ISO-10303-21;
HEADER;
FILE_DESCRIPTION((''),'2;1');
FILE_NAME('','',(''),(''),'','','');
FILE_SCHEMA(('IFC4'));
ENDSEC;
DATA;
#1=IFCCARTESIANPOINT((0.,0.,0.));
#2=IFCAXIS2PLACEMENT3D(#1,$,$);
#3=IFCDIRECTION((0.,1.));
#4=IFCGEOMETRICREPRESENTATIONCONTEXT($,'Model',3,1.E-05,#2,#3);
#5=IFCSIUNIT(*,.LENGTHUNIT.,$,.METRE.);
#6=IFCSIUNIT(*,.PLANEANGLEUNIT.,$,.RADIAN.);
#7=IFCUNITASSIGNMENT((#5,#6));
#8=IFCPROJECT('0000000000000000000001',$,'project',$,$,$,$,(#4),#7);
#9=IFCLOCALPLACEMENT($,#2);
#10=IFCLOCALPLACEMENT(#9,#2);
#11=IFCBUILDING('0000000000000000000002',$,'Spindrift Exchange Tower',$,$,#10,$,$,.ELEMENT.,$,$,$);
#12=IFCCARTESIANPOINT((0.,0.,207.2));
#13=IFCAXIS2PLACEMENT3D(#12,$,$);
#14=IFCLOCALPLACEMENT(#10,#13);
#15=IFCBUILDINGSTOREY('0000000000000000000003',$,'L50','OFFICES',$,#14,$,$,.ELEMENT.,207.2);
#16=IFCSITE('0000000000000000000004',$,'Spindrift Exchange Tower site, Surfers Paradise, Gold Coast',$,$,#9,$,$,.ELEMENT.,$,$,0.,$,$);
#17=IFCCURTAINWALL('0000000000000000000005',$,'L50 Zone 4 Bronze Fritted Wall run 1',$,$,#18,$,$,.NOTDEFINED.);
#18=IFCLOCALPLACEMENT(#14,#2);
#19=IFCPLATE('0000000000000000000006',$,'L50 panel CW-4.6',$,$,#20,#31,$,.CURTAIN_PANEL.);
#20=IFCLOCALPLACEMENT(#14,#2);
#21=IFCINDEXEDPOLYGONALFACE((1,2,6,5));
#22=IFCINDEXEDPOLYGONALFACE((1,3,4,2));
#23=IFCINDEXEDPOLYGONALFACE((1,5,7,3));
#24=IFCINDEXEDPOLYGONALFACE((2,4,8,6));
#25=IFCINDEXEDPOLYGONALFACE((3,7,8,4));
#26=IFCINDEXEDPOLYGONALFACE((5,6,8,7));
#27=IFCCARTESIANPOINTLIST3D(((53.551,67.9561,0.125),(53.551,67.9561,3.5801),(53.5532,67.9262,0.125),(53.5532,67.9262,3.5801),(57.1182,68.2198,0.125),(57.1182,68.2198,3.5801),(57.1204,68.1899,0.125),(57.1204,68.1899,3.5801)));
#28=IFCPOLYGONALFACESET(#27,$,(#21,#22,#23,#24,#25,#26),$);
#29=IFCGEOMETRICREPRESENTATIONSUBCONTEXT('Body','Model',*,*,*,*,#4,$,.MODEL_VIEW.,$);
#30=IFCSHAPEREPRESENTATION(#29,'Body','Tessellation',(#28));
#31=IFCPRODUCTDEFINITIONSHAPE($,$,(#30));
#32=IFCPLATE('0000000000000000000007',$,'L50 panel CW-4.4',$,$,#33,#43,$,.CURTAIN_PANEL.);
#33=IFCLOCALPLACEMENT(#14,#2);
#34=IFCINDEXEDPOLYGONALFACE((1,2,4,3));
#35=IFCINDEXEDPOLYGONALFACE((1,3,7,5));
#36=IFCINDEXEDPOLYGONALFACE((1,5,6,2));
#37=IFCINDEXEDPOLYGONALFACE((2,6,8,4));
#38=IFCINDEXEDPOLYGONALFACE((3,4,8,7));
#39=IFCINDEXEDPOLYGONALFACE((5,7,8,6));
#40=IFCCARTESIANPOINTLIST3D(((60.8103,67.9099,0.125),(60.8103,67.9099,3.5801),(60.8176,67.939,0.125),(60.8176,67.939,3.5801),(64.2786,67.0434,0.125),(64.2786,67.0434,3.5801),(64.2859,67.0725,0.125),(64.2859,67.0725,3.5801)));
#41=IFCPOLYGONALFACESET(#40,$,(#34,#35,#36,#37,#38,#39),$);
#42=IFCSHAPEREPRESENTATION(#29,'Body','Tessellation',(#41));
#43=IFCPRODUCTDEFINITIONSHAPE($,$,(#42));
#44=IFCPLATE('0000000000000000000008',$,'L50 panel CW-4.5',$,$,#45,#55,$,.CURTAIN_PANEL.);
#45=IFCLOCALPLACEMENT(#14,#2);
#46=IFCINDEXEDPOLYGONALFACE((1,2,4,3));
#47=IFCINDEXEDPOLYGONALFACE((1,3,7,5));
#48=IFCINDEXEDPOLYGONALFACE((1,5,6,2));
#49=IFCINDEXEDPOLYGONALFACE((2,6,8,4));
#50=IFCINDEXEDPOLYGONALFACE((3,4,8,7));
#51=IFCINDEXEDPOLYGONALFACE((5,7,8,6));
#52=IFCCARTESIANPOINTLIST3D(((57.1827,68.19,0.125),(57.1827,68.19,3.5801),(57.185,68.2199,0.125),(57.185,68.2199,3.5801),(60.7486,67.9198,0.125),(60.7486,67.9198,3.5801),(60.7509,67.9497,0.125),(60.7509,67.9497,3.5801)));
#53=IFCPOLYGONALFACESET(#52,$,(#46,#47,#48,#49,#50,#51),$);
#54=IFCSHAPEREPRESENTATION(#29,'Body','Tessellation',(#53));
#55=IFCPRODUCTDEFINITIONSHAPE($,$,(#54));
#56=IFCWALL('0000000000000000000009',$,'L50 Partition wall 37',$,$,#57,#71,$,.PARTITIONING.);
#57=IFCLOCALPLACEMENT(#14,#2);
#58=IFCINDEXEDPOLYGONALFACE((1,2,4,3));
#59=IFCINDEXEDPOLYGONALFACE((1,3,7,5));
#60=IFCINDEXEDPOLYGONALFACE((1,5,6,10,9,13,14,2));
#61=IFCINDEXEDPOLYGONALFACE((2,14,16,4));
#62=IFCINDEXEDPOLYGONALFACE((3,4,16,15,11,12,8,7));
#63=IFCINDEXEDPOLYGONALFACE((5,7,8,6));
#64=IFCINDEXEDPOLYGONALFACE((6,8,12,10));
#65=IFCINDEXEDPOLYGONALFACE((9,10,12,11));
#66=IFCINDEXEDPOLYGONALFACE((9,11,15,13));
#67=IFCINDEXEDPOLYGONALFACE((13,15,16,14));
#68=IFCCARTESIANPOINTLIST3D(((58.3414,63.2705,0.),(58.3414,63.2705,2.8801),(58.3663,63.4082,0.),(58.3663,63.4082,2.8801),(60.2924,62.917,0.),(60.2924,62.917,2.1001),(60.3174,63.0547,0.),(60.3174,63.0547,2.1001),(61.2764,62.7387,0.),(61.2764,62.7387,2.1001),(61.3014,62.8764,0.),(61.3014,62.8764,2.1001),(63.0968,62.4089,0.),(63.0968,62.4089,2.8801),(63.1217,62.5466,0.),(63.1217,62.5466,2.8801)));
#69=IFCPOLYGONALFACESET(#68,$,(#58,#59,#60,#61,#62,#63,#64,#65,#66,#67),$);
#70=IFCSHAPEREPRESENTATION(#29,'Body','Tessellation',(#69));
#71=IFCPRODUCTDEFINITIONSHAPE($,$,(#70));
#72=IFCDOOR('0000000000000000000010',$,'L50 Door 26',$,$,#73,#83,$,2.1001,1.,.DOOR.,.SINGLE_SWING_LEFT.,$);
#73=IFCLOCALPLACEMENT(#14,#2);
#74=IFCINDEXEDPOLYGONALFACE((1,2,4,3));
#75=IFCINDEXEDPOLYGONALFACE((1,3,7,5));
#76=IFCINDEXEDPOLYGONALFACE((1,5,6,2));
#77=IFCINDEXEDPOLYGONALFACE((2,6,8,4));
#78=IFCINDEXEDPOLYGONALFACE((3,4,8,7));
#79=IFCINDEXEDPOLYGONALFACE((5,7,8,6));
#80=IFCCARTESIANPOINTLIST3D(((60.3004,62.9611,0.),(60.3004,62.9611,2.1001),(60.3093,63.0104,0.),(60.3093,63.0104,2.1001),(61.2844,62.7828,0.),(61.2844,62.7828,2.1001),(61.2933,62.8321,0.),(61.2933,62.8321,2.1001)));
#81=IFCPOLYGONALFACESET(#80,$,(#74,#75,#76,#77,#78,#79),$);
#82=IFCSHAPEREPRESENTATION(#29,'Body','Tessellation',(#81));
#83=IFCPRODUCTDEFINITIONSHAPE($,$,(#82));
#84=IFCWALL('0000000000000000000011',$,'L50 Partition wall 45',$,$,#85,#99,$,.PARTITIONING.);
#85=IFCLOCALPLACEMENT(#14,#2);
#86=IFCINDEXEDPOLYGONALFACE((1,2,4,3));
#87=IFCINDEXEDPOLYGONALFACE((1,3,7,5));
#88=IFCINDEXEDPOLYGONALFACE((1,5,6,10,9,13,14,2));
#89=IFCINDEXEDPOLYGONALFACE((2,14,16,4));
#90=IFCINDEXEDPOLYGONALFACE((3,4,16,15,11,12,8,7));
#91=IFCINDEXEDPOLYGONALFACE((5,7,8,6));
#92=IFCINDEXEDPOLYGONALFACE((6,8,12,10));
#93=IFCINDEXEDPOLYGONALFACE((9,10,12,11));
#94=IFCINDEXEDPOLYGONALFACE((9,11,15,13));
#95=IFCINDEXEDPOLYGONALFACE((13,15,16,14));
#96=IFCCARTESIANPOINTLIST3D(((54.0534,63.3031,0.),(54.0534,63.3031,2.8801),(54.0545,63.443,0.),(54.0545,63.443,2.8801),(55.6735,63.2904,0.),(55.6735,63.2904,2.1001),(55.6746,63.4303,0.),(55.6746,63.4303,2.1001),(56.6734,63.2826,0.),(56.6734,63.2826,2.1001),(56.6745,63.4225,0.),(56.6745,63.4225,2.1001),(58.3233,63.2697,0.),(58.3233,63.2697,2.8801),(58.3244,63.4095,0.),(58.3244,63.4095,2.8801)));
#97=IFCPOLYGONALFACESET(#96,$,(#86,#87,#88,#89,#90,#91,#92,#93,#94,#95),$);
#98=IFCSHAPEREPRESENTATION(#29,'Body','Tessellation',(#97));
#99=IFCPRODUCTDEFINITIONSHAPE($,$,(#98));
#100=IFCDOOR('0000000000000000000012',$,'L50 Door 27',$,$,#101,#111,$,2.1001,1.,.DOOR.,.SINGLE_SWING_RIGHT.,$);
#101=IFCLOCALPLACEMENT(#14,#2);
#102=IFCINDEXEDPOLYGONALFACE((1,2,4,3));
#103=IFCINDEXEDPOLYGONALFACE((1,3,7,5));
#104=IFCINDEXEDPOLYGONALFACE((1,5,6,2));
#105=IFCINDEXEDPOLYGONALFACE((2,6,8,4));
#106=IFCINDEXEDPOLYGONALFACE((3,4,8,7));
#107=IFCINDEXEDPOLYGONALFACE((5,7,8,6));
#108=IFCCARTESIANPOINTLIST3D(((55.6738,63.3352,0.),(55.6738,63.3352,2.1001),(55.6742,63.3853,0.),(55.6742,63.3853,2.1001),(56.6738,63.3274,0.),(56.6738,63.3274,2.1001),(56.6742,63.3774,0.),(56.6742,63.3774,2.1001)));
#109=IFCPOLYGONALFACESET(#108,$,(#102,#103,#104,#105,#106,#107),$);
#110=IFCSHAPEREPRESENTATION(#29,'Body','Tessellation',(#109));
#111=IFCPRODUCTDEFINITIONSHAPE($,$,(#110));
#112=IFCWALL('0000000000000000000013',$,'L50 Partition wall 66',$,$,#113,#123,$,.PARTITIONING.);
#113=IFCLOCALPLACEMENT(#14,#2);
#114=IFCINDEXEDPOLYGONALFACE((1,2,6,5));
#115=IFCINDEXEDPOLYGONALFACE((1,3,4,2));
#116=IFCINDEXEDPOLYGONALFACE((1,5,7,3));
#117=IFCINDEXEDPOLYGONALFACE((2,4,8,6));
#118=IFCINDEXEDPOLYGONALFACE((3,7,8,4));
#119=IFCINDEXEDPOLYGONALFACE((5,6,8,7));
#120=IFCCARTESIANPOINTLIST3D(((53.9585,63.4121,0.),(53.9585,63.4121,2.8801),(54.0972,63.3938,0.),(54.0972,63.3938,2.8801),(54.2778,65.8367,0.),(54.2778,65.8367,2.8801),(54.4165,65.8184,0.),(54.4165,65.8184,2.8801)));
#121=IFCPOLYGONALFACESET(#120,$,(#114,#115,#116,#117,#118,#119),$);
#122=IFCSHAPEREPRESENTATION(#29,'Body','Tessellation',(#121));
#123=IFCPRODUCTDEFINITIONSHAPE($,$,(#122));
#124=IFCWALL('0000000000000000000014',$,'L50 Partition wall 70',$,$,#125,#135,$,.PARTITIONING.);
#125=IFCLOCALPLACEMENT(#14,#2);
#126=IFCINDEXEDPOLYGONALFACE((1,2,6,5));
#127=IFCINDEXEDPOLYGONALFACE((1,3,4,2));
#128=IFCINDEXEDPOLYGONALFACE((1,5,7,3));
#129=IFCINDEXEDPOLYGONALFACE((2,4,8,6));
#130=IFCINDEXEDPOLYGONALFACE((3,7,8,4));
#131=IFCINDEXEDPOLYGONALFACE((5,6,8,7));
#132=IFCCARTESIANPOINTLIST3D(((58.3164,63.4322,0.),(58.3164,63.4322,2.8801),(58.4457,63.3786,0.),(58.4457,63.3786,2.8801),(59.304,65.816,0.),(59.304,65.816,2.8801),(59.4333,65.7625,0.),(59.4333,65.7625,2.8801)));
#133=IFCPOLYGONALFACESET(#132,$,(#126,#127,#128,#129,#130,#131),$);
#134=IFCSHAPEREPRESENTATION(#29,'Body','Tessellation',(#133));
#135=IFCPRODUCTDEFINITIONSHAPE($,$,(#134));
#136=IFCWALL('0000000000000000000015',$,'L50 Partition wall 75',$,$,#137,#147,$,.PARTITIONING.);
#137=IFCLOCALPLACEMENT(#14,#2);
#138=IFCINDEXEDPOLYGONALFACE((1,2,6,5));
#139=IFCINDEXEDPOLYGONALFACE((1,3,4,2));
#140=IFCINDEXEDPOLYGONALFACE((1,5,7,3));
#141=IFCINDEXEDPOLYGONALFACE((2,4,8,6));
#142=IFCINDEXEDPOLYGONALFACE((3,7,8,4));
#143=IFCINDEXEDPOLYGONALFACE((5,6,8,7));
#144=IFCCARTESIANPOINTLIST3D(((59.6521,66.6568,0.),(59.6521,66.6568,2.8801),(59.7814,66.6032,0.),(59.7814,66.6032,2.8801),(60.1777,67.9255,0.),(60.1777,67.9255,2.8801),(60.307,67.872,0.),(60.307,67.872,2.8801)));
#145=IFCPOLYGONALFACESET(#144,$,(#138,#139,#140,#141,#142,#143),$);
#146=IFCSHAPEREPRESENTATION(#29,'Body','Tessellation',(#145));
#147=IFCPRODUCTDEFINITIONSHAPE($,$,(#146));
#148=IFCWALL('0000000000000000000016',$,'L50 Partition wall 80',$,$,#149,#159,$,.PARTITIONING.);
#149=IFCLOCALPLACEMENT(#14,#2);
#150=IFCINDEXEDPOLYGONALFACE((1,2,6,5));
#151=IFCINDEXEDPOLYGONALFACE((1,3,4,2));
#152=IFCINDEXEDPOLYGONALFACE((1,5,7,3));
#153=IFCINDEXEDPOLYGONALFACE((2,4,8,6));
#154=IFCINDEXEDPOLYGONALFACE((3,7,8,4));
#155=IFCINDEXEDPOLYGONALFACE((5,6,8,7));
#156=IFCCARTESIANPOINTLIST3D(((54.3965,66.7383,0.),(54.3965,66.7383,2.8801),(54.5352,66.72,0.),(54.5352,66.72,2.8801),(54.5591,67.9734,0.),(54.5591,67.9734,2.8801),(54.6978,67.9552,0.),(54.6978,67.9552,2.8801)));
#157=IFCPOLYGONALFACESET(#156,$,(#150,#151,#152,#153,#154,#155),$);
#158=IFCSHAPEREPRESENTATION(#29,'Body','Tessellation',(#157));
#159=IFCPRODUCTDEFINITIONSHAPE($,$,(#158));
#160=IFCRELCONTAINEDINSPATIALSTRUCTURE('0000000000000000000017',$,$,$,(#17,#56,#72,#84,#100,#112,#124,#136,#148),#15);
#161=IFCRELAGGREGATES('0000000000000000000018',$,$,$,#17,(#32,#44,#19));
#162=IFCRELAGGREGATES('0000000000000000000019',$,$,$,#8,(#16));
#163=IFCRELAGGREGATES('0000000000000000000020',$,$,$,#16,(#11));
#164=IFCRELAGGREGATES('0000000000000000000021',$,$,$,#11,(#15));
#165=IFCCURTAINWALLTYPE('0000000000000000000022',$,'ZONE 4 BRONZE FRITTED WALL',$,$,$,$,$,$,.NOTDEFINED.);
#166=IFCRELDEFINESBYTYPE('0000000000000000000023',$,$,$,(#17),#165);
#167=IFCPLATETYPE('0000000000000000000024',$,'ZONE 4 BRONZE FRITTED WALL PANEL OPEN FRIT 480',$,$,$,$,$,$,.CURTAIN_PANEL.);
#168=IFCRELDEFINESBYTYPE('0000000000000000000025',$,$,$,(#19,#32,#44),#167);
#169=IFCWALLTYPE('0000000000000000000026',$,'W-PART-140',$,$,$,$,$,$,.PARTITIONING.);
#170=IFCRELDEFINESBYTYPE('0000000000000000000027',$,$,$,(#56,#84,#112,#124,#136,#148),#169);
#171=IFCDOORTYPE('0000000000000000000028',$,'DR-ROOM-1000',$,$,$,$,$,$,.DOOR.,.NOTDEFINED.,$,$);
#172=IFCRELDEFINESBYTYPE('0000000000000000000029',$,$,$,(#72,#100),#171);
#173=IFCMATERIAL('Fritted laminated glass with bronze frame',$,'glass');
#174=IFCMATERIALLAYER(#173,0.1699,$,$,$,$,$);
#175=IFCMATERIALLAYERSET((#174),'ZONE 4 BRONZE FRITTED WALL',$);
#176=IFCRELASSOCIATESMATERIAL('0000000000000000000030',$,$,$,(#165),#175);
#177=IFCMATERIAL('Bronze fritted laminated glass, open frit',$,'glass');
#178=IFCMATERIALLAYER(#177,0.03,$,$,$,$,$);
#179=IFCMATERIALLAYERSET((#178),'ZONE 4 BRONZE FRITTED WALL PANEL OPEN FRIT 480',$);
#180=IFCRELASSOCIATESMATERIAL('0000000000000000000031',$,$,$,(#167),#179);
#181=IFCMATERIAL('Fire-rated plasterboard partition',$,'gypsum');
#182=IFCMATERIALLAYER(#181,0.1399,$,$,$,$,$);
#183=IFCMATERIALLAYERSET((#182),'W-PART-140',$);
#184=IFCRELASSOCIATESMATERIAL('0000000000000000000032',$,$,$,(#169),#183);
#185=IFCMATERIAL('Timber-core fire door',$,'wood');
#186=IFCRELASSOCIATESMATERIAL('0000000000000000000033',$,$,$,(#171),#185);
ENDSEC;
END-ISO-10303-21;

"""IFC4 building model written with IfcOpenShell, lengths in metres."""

from ifc_helpers import new_model, si_unit, direction, frame, frame_2d, origin, origin_2d, place, context, subcontext, project, spatial, rectangle, extrude, source, transform, mapped, material, layer, layer_set, type_object, element, fill, aggregate, save


model = new_model("IFC4")

# Units and contexts
model_context = context("Model", 3, precision=1e-05, world=origin(), true_north=direction((0.0, 1.0)))
body_context = subcontext(model_context, "Body", "Model", "MODEL_VIEW")
ifc_project = project(units=[si_unit("LENGTHUNIT", "METRE"), si_unit("PLANEANGLEUNIT", "RADIAN")], contexts=[model_context])

# Site, building, storey
site_placement = place(None, origin())
site = spatial("IfcSite", under=ifc_project, at=site_placement, Name="Spindrift Exchange Tower site, Surfers Paradise, Gold Coast", CompositionType="ELEMENT", RefElevation=0.0)
building_placement = place(site_placement, origin())
building = spatial("IfcBuilding", under=site, at=building_placement, Name="Spindrift Exchange Tower", CompositionType="ELEMENT")
storey_placement = place(building_placement, frame((0.0, 0.0, 207.2)))
storey = spatial("IfcBuildingStorey", under=building, at=storey_placement, Name="L50", Description="OFFICES", CompositionType="ELEMENT", Elevation=207.2)

# Shared definitions
ifc_material_1 = material(Name="Fritted laminated glass with bronze frame", Category="glass")
ifc_layer_1 = layer(ifc_material_1, 0.1699)
ifc_layer_set_1 = layer_set([ifc_layer_1], Name="ZONE 4 BRONZE FRITTED WALL")
curtain_wall_type = type_object("IfcCurtainWallType", Name="ZONE 4 BRONZE FRITTED WALL", PredefinedType="NOTDEFINED", material=ifc_layer_set_1)

# Curtain wall
curtain_wall_1_placement = place(storey_placement, origin())
curtain_wall_1 = element("IfcCurtainWall", 1, at=curtain_wall_1_placement, inside=storey, type_object=curtain_wall_type, Name="L50 Zone 4 Bronze Fritted Wall run 1", PredefinedType="NOTDEFINED")

# Plates
ifc_material_2 = material(Name="Bronze fritted laminated glass, open frit", Category="glass")
ifc_layer_2 = layer(ifc_material_2, 0.03)
ifc_layer_set_2 = layer_set([ifc_layer_2], Name="ZONE 4 BRONZE FRITTED WALL PANEL OPEN FRIT 480")
plate_type = type_object("IfcPlateType", Name="ZONE 4 BRONZE FRITTED WALL PANEL OPEN FRIT 480", PredefinedType="CURTAIN_PANEL", material=ifc_layer_set_2)
shared_shape_1 = source(origin(), body_context, "Body", "SweptSolid", [
    extrude(rectangle(XDim=3.5769, YDim=0.03, at=origin_2d()), origin(), (0.0, 0.0, 1.0), 3.4551),
])
plate_1_placement = place(storey_placement, frame((55.3357, 68.073, 0.125), z_axis=(0.0, 0.0, 1.0), x_axis=(-0.997278, -0.073727, 0.0)))
plate_1 = element("IfcPlate", 2, at=plate_1_placement, type_object=plate_type, Name="L50 panel CW-4.6", PredefinedType="CURTAIN_PANEL", context=body_context, shape_type="MappedRepresentation", body=[
    mapped(shared_shape_1, transform((0.0, 0.0, 0.0), scale=1.0)),
])
shared_shape_2 = source(origin(), body_context, "Body", "SweptSolid", [
    extrude(rectangle(XDim=3.575, YDim=0.03, at=origin_2d()), origin(), (0.0, 0.0, 1.0), 3.4551),
])
plate_2_placement = place(storey_placement, frame((62.5481, 67.4912, 0.125), z_axis=(0.0, 0.0, 1.0), x_axis=(-0.970178, 0.242393, 0.0)))
plate_2 = element("IfcPlate", 3, at=plate_2_placement, type_object=plate_type, Name="L50 panel CW-4.4", PredefinedType="CURTAIN_PANEL", context=body_context, shape_type="MappedRepresentation", body=[
    mapped(shared_shape_2, transform((0.0, 0.0, 0.0), scale=1.0)),
])
shared_shape_3 = source(origin(), body_context, "Body", "SweptSolid", [
    extrude(rectangle(XDim=3.5762, YDim=0.03, at=origin_2d()), origin(), (0.0, 0.0, 1.0), 3.4551),
])
plate_3_placement = place(storey_placement, frame((58.9668, 68.0698, 0.125), z_axis=(0.0, 0.0, 1.0), x_axis=(-0.997142, 0.075555, 0.0)))
plate_3 = element("IfcPlate", 4, at=plate_3_placement, type_object=plate_type, Name="L50 panel CW-4.5", PredefinedType="CURTAIN_PANEL", context=body_context, shape_type="MappedRepresentation", body=[
    mapped(shared_shape_3, transform((0.0, 0.0, 0.0), scale=1.0)),
])
aggregate(curtain_wall_1, [plate_2, plate_3, plate_1])

# Walls, openings, doors
ifc_material_3 = material(Name="Fire-rated plasterboard partition", Category="gypsum")
ifc_layer_3 = layer(ifc_material_3, 0.1399)
ifc_layer_set_3 = layer_set([ifc_layer_3], Name="W-PART-140")
wall_type = type_object("IfcWallType", Name="W-PART-140", PredefinedType="PARTITIONING", material=ifc_layer_set_3)
wall_1_placement = place(storey_placement, frame((58.3538, 63.3394, 0.0), z_axis=(0.0, 0.0, 1.0), x_axis=(0.98398, -0.178276, 0.0)))
wall_1 = element("IfcWall", 5, at=wall_1_placement, inside=storey, type_object=wall_type, Name="L50 Partition wall 37", PredefinedType="PARTITIONING", context=body_context, shape_type="SweptSolid", body=[
    extrude(rectangle(XDim=4.8328, YDim=0.1399, at=frame_2d((2.4165, 0.0))), origin(), (0.0, 0.0, 1.0), 2.8801),
])
opening_1_placement = place(wall_1_placement, frame((1.9829, 0.0, 0.0)))
opening_1 = element("IfcOpeningElement", 6, at=opening_1_placement, cuts=wall_1, PredefinedType="OPENING", context=body_context, shape_type="SweptSolid", body=[
    extrude(rectangle(XDim=1.0, YDim=2.1001, at=frame_2d((0.5, 1.05))), frame((0.0, 0.0798, 0.0), z_axis=(0.0, -1.0, 0.0), x_axis=(1.0, 0.0, 0.0)), (0.0, 0.0, 1.0), 0.1599),
])
ifc_material_4 = material(Name="Timber-core fire door", Category="wood")
door_type = type_object("IfcDoorType", Name="DR-ROOM-1000", OperationType="NOTDEFINED", PredefinedType="DOOR", material=ifc_material_4)
shared_shape_4 = source(origin(), body_context, "Body", "SweptSolid", [
    extrude(rectangle(XDim=1.0, YDim=2.1001, at=frame_2d((0.5, 1.05))), frame((0.0, 0.0249, 0.0), z_axis=(0.0, -1.0, 0.0), x_axis=(1.0, 0.0, 0.0)), (0.0, 0.0, 1.0), 0.05),
])
door_1_placement = place(opening_1_placement, origin())
door_1 = element("IfcDoor", 7, at=door_1_placement, inside=storey, type_object=door_type, Name="L50 Door 26", OperationType="SINGLE_SWING_LEFT", OverallHeight=2.1001, OverallWidth=1.0, PredefinedType="DOOR", context=body_context, shape_type="MappedRepresentation", body=[
    mapped(shared_shape_4, transform((0.0, 0.0, 0.0), scale=1.0)),
])
fill(opening_1, door_1)
wall_2_placement = place(storey_placement, frame((54.054, 63.373, 0.0), z_axis=(0.0, 0.0, 1.0), x_axis=(0.999969, -0.007833, 0.0)))
wall_2 = element("IfcWall", 8, at=wall_2_placement, inside=storey, type_object=wall_type, Name="L50 Partition wall 45", PredefinedType="PARTITIONING", context=body_context, shape_type="SweptSolid", body=[
    extrude(rectangle(XDim=4.27, YDim=0.1399, at=frame_2d((2.135, 0.0))), origin(), (0.0, 0.0, 1.0), 2.8801),
])
opening_2_placement = place(wall_2_placement, frame((1.6201, 0.0, 0.0)))
opening_2 = element("IfcOpeningElement", 9, at=opening_2_placement, cuts=wall_2, PredefinedType="OPENING", context=body_context, shape_type="SweptSolid", body=[
    extrude(rectangle(XDim=1.0, YDim=2.1001, at=frame_2d((0.5, 1.05))), frame((0.0, 0.0798, 0.0), z_axis=(0.0, -1.0, 0.0), x_axis=(1.0, 0.0, 0.0)), (0.0, 0.0, 1.0), 0.1599),
])
door_2_placement = place(opening_2_placement, origin())
door_2 = element("IfcDoor", 10, at=door_2_placement, inside=storey, type_object=door_type, Name="L50 Door 27", OperationType="SINGLE_SWING_RIGHT", OverallHeight=2.1001, OverallWidth=1.0, PredefinedType="DOOR", context=body_context, shape_type="MappedRepresentation", body=[
    mapped(shared_shape_4, transform((0.0, 0.0, 0.0), scale=1.0)),
])
fill(opening_2, door_2)

# Walls
wall_3_placement = place(storey_placement, frame((54.0278, 63.4031, 0.0), z_axis=(0.0, 0.0, 1.0), x_axis=(0.130581, 0.991438, 0.0)))
element("IfcWall", 11, at=wall_3_placement, inside=storey, type_object=wall_type, Name="L50 Partition wall 66", PredefinedType="PARTITIONING", context=body_context, shape_type="SweptSolid", body=[
    extrude(rectangle(XDim=2.4456, YDim=0.1399, at=frame_2d((1.2227, 0.0))), origin(), (0.0, 0.0, 1.0), 2.8801),
])
wall_4_placement = place(storey_placement, frame((58.3811, 63.4055, 0.0), z_axis=(0.0, 0.0, 1.0), x_axis=(0.382733, 0.923859, 0.0)))
element("IfcWall", 12, at=wall_4_placement, inside=storey, type_object=wall_type, Name="L50 Partition wall 70", PredefinedType="PARTITIONING", context=body_context, shape_type="SweptSolid", body=[
    extrude(rectangle(XDim=2.5803, YDim=0.1399, at=frame_2d((1.29, 0.0))), origin(), (0.0, 0.0, 1.0), 2.8801),
])
wall_5_placement = place(storey_placement, frame((59.7168, 66.6301, 0.0), z_axis=(0.0, 0.0, 1.0), x_axis=(0.382734, 0.923859, 0.0)))
element("IfcWall", 13, at=wall_5_placement, inside=storey, type_object=wall_type, Name="L50 Partition wall 75", PredefinedType="PARTITIONING", context=body_context, shape_type="SweptSolid", body=[
    extrude(rectangle(XDim=1.3733, YDim=0.1399, at=frame_2d((0.6865, 0.0))), origin(), (0.0, 0.0, 1.0), 2.8801),
])
wall_6_placement = place(storey_placement, frame((54.4658, 66.729, 0.0), z_axis=(0.0, 0.0, 1.0), x_axis=(0.13052, 0.991446, 0.0)))
element("IfcWall", 14, at=wall_6_placement, inside=storey, type_object=wall_type, Name="L50 Partition wall 80", PredefinedType="PARTITIONING", context=body_context, shape_type="SweptSolid", body=[
    extrude(rectangle(XDim=1.2458, YDim=0.1399, at=frame_2d((0.623, 0.0))), origin(), (0.0, 0.0, 1.0), 2.8801),
])

save(model, "model.ifc")
